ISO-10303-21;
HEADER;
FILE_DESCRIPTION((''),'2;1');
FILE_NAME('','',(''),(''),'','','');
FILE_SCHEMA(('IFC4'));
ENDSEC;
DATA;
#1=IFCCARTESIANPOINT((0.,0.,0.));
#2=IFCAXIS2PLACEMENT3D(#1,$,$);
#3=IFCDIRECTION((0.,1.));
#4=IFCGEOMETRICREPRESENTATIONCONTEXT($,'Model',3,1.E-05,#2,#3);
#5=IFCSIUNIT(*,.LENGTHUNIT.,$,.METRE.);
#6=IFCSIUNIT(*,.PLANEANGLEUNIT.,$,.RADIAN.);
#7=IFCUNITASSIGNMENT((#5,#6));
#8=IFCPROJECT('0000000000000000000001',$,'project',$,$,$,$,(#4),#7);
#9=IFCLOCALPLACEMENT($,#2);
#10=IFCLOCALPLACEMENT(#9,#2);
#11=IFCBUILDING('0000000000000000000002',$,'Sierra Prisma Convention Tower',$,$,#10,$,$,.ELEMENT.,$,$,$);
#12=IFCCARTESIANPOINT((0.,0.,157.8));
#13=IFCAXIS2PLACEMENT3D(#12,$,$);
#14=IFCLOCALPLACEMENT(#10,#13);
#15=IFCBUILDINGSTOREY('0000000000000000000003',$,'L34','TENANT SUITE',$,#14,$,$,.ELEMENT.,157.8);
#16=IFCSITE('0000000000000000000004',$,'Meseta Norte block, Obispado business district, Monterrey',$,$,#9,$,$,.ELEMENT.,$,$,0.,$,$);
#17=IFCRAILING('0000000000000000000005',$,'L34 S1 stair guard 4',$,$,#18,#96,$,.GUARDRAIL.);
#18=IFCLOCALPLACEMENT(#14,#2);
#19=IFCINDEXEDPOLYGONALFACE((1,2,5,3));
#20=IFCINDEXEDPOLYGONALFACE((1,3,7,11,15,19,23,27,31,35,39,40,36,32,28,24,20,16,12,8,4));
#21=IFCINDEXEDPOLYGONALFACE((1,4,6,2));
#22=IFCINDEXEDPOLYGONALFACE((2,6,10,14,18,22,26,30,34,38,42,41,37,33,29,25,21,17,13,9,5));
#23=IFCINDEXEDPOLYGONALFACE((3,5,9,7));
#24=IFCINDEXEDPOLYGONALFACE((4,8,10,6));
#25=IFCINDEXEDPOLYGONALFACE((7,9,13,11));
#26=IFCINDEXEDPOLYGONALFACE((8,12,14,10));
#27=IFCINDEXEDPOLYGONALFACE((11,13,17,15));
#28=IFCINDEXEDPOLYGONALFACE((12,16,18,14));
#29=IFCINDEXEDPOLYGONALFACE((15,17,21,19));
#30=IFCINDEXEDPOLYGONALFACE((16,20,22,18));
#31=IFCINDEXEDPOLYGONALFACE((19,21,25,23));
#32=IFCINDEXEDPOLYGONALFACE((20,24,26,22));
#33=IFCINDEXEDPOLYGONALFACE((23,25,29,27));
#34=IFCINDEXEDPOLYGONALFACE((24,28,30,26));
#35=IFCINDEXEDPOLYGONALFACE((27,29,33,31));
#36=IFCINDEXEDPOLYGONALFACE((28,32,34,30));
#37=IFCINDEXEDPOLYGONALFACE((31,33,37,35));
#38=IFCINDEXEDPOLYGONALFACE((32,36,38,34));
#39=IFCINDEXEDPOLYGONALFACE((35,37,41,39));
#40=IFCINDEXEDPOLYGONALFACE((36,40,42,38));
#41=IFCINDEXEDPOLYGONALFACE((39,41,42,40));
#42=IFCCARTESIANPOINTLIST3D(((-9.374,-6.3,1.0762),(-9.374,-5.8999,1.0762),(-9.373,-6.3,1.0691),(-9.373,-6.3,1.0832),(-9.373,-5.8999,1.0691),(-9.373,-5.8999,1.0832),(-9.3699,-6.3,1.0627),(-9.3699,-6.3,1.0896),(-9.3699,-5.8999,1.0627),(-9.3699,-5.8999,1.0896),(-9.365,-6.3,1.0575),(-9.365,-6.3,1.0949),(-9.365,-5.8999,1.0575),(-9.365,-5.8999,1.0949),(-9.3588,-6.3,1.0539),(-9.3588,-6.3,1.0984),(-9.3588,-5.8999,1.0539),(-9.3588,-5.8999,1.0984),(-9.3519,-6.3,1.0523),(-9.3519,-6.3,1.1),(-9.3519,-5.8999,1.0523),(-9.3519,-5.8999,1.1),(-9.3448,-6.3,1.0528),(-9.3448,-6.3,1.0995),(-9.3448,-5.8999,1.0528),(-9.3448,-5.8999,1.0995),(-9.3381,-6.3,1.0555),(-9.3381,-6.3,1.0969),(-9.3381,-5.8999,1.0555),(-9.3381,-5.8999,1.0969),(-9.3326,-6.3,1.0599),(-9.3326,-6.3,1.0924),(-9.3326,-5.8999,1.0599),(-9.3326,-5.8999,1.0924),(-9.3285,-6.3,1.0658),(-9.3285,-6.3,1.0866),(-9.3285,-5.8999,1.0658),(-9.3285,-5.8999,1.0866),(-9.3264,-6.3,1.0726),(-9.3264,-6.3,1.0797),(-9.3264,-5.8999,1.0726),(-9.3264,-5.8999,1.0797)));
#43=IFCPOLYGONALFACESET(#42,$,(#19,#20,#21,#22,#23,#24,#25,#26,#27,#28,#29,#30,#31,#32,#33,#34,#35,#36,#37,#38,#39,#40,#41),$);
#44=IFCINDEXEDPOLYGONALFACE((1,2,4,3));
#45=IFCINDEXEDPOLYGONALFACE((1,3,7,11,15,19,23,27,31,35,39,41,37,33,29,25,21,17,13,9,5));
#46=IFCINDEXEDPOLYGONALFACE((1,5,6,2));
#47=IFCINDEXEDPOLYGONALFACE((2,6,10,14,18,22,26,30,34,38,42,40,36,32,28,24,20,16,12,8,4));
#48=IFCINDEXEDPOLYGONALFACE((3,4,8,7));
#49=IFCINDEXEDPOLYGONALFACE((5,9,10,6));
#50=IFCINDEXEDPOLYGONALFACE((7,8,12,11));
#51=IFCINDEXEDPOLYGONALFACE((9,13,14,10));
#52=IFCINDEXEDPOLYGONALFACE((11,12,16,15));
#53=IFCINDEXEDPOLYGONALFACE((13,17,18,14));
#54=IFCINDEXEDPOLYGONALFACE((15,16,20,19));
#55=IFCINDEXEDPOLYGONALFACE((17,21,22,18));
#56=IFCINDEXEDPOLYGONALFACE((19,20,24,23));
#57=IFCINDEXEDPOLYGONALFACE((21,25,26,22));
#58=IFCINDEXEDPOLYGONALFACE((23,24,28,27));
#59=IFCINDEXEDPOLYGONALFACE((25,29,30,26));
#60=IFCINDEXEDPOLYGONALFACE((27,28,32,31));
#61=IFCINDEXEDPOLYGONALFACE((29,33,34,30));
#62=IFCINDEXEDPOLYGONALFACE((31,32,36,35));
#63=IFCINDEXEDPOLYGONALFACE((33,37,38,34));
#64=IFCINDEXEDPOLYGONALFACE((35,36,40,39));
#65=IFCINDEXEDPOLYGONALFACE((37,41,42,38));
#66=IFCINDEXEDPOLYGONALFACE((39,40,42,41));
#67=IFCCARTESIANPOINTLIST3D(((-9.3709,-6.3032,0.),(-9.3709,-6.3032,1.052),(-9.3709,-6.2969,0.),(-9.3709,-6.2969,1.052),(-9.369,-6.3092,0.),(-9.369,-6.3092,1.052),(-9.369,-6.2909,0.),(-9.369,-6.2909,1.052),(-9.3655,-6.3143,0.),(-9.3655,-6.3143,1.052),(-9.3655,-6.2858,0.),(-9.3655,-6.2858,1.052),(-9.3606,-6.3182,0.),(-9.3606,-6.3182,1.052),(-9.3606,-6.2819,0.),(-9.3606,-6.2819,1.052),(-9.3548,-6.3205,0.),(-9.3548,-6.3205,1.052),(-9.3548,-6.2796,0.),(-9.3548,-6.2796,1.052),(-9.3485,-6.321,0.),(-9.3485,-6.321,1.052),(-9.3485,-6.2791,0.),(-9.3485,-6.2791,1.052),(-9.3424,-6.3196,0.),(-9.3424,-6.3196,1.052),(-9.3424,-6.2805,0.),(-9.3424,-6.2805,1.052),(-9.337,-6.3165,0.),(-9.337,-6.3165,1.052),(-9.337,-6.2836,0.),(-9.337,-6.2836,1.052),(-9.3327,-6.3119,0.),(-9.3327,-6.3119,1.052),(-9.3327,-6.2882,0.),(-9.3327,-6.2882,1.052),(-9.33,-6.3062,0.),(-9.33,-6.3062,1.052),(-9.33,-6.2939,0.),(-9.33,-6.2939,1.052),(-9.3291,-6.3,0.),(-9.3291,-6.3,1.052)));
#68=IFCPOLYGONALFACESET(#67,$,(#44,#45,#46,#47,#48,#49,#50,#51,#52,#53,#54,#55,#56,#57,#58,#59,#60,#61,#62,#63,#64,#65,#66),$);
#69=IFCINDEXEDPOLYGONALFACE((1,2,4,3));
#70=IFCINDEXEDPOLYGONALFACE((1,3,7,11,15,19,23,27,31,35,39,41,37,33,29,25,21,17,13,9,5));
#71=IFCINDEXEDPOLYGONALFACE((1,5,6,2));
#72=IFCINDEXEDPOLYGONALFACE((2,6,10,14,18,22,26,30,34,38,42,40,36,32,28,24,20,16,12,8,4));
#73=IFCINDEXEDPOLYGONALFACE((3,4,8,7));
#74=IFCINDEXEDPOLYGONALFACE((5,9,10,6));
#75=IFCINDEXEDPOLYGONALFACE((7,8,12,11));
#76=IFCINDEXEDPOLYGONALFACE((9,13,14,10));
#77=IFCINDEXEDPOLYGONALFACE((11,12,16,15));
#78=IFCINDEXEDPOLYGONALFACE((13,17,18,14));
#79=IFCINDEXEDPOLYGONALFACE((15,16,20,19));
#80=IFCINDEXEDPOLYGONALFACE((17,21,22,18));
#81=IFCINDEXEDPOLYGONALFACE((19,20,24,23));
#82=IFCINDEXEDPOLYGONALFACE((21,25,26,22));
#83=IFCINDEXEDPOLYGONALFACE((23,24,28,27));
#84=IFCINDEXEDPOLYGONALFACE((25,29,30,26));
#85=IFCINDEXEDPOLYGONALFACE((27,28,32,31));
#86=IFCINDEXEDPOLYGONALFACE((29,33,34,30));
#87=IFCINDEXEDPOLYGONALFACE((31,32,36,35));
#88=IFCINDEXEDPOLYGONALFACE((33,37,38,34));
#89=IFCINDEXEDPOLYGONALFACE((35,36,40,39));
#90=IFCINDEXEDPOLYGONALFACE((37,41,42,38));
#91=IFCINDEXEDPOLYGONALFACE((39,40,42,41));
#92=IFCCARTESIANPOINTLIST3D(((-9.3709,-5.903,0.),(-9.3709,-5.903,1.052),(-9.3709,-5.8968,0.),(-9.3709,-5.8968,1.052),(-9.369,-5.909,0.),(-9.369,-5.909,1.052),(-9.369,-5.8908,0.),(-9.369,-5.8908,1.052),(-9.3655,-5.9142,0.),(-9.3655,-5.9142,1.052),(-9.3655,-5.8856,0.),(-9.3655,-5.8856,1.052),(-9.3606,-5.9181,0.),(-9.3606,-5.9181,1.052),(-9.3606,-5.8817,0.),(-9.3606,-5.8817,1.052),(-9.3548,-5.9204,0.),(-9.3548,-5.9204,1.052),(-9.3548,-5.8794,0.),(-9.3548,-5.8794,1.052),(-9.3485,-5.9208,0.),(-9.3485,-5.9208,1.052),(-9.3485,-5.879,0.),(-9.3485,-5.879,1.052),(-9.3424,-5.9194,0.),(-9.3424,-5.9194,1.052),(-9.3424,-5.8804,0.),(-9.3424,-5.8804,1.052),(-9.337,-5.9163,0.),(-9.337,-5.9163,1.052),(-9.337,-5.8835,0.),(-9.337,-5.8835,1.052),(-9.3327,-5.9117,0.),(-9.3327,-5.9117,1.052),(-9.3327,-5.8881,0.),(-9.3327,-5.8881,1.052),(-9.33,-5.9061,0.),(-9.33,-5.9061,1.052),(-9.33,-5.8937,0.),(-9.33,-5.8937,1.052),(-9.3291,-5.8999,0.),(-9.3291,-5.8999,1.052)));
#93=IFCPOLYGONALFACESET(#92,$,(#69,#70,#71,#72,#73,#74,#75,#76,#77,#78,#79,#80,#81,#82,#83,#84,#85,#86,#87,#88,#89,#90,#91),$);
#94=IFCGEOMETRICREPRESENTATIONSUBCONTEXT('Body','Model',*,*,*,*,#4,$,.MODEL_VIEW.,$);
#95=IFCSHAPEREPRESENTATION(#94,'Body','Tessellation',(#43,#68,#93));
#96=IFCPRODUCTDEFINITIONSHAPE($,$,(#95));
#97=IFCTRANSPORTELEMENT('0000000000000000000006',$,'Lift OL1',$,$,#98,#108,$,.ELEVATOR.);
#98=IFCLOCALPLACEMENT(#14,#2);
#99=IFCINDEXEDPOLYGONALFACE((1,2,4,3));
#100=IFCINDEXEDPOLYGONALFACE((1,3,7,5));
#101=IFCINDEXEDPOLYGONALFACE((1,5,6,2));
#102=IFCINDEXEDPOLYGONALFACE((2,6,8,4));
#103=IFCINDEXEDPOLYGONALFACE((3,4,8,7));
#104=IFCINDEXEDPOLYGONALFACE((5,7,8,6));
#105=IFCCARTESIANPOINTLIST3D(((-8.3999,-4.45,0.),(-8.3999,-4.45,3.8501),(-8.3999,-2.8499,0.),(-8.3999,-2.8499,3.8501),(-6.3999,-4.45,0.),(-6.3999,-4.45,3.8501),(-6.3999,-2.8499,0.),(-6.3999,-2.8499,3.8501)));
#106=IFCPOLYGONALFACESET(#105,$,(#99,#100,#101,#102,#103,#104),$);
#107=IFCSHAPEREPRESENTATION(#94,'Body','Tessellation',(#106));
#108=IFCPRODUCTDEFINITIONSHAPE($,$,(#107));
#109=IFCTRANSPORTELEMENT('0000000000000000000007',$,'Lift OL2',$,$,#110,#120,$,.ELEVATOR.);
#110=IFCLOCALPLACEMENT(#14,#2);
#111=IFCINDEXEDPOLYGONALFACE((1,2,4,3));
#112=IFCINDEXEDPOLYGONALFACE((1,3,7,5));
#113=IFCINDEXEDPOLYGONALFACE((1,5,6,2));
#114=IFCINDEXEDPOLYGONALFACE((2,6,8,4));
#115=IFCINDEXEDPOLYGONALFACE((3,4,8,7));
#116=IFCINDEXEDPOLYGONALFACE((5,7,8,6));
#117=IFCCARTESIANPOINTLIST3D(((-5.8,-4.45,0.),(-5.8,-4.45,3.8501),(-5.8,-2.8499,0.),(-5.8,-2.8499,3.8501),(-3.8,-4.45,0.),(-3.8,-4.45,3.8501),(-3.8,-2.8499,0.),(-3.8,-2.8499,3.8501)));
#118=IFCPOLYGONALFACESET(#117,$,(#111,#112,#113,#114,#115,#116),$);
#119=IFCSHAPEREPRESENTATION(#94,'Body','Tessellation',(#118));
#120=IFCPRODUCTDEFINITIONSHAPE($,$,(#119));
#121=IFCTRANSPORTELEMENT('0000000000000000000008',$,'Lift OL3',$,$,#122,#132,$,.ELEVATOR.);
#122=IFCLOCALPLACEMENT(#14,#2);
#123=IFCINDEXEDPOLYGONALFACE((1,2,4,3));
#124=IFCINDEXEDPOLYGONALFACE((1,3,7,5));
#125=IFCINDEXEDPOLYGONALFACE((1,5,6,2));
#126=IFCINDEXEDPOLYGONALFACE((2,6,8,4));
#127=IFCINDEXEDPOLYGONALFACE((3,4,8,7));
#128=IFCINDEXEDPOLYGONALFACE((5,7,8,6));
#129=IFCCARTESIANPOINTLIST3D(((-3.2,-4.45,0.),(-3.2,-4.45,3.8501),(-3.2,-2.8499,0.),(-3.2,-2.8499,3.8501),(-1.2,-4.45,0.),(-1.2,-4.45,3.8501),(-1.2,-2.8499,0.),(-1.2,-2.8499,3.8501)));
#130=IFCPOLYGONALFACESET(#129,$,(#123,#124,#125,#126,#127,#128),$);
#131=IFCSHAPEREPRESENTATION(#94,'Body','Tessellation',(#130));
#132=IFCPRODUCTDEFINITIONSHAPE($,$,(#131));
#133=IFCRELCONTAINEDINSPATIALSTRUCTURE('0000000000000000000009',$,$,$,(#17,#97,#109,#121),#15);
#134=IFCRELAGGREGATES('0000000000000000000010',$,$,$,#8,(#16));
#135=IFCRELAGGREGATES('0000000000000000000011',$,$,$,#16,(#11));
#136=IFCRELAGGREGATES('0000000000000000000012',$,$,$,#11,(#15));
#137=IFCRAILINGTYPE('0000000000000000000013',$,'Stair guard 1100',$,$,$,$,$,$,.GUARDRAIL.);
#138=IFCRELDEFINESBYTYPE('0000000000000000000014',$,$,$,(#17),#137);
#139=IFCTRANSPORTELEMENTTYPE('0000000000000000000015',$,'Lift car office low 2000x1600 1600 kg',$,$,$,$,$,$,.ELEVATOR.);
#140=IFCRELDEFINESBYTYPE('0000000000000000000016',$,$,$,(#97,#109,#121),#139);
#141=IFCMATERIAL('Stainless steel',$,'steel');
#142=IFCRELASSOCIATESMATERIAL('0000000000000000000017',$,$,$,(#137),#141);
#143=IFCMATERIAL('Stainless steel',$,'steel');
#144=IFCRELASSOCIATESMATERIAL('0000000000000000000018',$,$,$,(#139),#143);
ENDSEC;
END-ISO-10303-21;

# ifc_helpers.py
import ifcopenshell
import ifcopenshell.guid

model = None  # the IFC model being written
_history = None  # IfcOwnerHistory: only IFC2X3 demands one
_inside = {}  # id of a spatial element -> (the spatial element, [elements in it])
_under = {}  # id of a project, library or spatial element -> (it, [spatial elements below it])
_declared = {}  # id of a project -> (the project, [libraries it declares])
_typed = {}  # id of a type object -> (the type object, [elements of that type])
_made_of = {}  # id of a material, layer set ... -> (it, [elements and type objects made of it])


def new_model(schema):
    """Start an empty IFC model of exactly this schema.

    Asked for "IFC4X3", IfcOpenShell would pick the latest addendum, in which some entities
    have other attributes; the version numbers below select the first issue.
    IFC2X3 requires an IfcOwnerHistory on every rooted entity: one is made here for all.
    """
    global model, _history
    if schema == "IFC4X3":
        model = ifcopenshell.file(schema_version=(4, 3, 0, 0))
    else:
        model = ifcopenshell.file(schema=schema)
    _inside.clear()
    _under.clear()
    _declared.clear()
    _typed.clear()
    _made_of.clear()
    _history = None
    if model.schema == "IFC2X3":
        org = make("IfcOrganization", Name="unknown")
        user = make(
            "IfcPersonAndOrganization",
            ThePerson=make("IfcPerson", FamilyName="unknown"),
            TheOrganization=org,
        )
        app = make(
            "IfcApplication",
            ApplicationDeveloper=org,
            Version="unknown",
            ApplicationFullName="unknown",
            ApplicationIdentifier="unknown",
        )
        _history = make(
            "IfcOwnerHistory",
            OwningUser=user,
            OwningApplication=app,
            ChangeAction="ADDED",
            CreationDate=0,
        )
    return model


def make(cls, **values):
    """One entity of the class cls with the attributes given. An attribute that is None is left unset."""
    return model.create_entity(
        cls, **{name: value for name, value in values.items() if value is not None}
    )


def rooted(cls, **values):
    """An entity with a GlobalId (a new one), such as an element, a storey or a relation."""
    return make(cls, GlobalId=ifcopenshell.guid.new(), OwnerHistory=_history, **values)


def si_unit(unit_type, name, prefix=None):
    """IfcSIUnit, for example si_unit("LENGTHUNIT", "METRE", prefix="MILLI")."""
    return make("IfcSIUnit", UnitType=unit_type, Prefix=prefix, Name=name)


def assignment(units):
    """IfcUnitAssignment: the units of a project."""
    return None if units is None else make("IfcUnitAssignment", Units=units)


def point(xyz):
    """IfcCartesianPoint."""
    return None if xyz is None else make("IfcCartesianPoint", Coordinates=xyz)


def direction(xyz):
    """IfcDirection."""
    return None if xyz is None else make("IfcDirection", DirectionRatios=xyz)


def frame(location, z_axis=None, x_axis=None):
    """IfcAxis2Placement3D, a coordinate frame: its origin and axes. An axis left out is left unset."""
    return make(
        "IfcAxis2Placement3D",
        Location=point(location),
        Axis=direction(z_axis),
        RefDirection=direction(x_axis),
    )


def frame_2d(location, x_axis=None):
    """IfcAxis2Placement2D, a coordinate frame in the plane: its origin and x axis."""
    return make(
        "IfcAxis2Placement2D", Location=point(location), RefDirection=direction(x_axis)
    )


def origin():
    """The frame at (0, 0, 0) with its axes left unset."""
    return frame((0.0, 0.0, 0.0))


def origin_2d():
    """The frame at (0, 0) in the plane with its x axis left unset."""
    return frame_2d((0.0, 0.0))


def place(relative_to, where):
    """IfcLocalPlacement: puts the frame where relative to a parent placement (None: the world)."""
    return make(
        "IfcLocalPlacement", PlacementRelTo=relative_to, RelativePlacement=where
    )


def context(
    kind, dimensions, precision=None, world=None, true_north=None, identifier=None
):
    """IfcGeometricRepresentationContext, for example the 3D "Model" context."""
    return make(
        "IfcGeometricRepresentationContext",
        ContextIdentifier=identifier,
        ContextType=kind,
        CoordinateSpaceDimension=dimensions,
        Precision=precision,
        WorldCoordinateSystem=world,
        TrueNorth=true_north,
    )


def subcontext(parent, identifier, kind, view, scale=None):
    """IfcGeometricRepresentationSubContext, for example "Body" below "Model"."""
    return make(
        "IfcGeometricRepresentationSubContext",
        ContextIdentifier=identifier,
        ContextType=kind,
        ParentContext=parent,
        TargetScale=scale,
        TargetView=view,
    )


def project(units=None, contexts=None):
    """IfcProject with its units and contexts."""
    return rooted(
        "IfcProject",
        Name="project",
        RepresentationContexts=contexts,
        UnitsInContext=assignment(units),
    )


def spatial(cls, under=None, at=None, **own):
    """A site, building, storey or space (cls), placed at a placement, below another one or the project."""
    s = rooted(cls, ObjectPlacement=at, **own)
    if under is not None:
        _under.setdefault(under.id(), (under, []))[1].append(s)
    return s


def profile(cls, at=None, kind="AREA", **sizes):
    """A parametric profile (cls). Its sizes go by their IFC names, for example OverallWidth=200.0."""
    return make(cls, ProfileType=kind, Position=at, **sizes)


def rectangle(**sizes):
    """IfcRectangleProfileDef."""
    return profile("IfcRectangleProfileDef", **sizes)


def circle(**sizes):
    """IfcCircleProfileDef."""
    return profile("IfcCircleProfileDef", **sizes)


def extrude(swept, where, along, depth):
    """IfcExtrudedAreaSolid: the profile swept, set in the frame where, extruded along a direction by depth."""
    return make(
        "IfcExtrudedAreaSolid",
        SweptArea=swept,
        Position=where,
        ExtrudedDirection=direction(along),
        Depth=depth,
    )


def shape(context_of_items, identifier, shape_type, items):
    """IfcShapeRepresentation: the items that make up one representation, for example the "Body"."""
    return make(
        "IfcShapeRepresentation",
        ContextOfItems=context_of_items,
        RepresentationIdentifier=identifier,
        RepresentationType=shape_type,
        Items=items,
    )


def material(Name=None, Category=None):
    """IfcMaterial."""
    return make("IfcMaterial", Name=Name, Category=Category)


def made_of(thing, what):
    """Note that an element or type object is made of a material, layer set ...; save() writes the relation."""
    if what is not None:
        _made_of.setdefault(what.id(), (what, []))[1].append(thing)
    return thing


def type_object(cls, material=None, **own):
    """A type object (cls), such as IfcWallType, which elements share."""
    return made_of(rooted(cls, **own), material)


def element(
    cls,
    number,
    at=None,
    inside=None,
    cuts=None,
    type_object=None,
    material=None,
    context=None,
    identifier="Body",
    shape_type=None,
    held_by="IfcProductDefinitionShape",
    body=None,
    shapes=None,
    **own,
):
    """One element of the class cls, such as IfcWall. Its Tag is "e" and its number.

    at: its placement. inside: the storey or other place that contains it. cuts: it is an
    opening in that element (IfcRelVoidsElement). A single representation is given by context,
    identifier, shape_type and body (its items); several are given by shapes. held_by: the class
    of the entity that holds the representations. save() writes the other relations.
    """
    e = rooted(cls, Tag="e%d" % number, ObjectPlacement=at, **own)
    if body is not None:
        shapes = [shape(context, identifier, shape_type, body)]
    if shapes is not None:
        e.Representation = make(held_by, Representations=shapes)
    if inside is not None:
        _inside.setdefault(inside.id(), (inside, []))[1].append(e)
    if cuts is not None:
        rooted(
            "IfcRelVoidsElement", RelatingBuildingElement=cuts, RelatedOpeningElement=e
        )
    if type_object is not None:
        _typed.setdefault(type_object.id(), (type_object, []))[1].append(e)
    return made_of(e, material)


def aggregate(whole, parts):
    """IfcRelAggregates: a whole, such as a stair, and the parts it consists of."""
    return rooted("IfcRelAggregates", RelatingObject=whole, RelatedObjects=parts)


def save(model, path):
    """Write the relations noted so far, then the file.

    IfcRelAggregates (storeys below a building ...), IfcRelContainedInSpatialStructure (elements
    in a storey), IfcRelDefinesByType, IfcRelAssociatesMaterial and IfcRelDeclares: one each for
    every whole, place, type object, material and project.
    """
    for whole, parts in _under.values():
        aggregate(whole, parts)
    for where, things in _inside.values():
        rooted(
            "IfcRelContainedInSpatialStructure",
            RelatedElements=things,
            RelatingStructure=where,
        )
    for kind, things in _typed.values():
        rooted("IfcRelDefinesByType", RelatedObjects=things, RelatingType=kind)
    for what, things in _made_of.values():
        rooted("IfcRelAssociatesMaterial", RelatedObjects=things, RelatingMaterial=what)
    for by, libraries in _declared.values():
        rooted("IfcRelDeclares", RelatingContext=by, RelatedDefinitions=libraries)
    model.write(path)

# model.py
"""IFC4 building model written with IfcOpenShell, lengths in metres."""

from ifc_helpers import new_model, si_unit, direction, frame, origin, origin_2d, place, context, subcontext, project, spatial, rectangle, circle, extrude, material, type_object, element, save


model = new_model("IFC4")

# Units and contexts
model_context = context("Model", 3, precision=1e-05, world=origin(), true_north=direction((0.0, 1.0)))
body_context = subcontext(model_context, "Body", "Model", "MODEL_VIEW")
ifc_project = project(units=[si_unit("LENGTHUNIT", "METRE"), si_unit("PLANEANGLEUNIT", "RADIAN")], contexts=[model_context])

# Site, building, storey
site_placement = place(None, origin())
site = spatial("IfcSite", under=ifc_project, at=site_placement, Name="Meseta Norte block, Obispado business district, Monterrey", CompositionType="ELEMENT", RefElevation=0.0)
building_placement = place(site_placement, origin())
building = spatial("IfcBuilding", under=site, at=building_placement, Name="Sierra Prisma Convention Tower", CompositionType="ELEMENT")
storey_placement = place(building_placement, frame((0.0, 0.0, 157.8)))
storey = spatial("IfcBuildingStorey", under=building, at=storey_placement, Name="L34", Description="TENANT SUITE", CompositionType="ELEMENT", Elevation=157.8)

# Railing
ifc_material_1 = material(Name="Stainless steel", Category="steel")
railing_type_1 = type_object("IfcRailingType", Name="Stair guard 1100", PredefinedType="GUARDRAIL", material=ifc_material_1)
railing_1_placement = place(storey_placement, frame((-9.3501, -6.3, 0.0)))
element("IfcRailing", 1, at=railing_1_placement, inside=storey, type_object=railing_type_1, Name="L34 S1 stair guard 4", PredefinedType="GUARDRAIL", context=body_context, shape_type="SweptSolid", body=[
    extrude(circle(Radius=0.0239, at=origin_2d()), frame((0.0, 0.0, 1.0762), z_axis=(0.0, 1.0, 0.0), x_axis=(-1.0, 0.0, 0.0)), (0.0, 0.0, 1.0), 0.4001),
    extrude(circle(Radius=0.021, at=origin_2d()), origin(), (0.0, 0.0, 1.0), 1.052),
    extrude(circle(Radius=0.021, at=origin_2d()), frame((0.0, 0.4001, 0.0)), (0.0, 0.0, 1.0), 1.052),
])

# Transport elements
ifc_material_2 = material(Name="Stainless steel", Category="steel")
transport_element_type = type_object("IfcTransportElementType", Name="Lift car office low 2000x1600 1600 kg", PredefinedType="ELEVATOR", material=ifc_material_2)
for number, where, z_axis, x_axis, name in (
    (2, (-7.3999, -3.6499, 0.0), (0.0, 0.0, 1.0), (1.0, 0.0, 0.0), "Lift OL1"),
    (3, (-4.8, -3.6499, 0.0), (0.0, 0.0, 1.0), (1.0, 0.0, 0.0), "Lift OL2"),
    (4, (-2.2, -3.6499, 0.0), (0.0, 0.0, 1.0), (1.0, 0.0, 0.0), "Lift OL3"),
):
    element("IfcTransportElement", number, at=place(storey_placement, frame(where, z_axis=z_axis, x_axis=x_axis)), inside=storey, type_object=transport_element_type, Name=name, PredefinedType="ELEVATOR", context=body_context, shape_type="SweptSolid", body=[
        extrude(rectangle(XDim=2.0, YDim=1.6001, at=origin_2d()), origin(), (0.0, 0.0, 1.0), 3.8501),
    ])

save(model, "model.ifc")
